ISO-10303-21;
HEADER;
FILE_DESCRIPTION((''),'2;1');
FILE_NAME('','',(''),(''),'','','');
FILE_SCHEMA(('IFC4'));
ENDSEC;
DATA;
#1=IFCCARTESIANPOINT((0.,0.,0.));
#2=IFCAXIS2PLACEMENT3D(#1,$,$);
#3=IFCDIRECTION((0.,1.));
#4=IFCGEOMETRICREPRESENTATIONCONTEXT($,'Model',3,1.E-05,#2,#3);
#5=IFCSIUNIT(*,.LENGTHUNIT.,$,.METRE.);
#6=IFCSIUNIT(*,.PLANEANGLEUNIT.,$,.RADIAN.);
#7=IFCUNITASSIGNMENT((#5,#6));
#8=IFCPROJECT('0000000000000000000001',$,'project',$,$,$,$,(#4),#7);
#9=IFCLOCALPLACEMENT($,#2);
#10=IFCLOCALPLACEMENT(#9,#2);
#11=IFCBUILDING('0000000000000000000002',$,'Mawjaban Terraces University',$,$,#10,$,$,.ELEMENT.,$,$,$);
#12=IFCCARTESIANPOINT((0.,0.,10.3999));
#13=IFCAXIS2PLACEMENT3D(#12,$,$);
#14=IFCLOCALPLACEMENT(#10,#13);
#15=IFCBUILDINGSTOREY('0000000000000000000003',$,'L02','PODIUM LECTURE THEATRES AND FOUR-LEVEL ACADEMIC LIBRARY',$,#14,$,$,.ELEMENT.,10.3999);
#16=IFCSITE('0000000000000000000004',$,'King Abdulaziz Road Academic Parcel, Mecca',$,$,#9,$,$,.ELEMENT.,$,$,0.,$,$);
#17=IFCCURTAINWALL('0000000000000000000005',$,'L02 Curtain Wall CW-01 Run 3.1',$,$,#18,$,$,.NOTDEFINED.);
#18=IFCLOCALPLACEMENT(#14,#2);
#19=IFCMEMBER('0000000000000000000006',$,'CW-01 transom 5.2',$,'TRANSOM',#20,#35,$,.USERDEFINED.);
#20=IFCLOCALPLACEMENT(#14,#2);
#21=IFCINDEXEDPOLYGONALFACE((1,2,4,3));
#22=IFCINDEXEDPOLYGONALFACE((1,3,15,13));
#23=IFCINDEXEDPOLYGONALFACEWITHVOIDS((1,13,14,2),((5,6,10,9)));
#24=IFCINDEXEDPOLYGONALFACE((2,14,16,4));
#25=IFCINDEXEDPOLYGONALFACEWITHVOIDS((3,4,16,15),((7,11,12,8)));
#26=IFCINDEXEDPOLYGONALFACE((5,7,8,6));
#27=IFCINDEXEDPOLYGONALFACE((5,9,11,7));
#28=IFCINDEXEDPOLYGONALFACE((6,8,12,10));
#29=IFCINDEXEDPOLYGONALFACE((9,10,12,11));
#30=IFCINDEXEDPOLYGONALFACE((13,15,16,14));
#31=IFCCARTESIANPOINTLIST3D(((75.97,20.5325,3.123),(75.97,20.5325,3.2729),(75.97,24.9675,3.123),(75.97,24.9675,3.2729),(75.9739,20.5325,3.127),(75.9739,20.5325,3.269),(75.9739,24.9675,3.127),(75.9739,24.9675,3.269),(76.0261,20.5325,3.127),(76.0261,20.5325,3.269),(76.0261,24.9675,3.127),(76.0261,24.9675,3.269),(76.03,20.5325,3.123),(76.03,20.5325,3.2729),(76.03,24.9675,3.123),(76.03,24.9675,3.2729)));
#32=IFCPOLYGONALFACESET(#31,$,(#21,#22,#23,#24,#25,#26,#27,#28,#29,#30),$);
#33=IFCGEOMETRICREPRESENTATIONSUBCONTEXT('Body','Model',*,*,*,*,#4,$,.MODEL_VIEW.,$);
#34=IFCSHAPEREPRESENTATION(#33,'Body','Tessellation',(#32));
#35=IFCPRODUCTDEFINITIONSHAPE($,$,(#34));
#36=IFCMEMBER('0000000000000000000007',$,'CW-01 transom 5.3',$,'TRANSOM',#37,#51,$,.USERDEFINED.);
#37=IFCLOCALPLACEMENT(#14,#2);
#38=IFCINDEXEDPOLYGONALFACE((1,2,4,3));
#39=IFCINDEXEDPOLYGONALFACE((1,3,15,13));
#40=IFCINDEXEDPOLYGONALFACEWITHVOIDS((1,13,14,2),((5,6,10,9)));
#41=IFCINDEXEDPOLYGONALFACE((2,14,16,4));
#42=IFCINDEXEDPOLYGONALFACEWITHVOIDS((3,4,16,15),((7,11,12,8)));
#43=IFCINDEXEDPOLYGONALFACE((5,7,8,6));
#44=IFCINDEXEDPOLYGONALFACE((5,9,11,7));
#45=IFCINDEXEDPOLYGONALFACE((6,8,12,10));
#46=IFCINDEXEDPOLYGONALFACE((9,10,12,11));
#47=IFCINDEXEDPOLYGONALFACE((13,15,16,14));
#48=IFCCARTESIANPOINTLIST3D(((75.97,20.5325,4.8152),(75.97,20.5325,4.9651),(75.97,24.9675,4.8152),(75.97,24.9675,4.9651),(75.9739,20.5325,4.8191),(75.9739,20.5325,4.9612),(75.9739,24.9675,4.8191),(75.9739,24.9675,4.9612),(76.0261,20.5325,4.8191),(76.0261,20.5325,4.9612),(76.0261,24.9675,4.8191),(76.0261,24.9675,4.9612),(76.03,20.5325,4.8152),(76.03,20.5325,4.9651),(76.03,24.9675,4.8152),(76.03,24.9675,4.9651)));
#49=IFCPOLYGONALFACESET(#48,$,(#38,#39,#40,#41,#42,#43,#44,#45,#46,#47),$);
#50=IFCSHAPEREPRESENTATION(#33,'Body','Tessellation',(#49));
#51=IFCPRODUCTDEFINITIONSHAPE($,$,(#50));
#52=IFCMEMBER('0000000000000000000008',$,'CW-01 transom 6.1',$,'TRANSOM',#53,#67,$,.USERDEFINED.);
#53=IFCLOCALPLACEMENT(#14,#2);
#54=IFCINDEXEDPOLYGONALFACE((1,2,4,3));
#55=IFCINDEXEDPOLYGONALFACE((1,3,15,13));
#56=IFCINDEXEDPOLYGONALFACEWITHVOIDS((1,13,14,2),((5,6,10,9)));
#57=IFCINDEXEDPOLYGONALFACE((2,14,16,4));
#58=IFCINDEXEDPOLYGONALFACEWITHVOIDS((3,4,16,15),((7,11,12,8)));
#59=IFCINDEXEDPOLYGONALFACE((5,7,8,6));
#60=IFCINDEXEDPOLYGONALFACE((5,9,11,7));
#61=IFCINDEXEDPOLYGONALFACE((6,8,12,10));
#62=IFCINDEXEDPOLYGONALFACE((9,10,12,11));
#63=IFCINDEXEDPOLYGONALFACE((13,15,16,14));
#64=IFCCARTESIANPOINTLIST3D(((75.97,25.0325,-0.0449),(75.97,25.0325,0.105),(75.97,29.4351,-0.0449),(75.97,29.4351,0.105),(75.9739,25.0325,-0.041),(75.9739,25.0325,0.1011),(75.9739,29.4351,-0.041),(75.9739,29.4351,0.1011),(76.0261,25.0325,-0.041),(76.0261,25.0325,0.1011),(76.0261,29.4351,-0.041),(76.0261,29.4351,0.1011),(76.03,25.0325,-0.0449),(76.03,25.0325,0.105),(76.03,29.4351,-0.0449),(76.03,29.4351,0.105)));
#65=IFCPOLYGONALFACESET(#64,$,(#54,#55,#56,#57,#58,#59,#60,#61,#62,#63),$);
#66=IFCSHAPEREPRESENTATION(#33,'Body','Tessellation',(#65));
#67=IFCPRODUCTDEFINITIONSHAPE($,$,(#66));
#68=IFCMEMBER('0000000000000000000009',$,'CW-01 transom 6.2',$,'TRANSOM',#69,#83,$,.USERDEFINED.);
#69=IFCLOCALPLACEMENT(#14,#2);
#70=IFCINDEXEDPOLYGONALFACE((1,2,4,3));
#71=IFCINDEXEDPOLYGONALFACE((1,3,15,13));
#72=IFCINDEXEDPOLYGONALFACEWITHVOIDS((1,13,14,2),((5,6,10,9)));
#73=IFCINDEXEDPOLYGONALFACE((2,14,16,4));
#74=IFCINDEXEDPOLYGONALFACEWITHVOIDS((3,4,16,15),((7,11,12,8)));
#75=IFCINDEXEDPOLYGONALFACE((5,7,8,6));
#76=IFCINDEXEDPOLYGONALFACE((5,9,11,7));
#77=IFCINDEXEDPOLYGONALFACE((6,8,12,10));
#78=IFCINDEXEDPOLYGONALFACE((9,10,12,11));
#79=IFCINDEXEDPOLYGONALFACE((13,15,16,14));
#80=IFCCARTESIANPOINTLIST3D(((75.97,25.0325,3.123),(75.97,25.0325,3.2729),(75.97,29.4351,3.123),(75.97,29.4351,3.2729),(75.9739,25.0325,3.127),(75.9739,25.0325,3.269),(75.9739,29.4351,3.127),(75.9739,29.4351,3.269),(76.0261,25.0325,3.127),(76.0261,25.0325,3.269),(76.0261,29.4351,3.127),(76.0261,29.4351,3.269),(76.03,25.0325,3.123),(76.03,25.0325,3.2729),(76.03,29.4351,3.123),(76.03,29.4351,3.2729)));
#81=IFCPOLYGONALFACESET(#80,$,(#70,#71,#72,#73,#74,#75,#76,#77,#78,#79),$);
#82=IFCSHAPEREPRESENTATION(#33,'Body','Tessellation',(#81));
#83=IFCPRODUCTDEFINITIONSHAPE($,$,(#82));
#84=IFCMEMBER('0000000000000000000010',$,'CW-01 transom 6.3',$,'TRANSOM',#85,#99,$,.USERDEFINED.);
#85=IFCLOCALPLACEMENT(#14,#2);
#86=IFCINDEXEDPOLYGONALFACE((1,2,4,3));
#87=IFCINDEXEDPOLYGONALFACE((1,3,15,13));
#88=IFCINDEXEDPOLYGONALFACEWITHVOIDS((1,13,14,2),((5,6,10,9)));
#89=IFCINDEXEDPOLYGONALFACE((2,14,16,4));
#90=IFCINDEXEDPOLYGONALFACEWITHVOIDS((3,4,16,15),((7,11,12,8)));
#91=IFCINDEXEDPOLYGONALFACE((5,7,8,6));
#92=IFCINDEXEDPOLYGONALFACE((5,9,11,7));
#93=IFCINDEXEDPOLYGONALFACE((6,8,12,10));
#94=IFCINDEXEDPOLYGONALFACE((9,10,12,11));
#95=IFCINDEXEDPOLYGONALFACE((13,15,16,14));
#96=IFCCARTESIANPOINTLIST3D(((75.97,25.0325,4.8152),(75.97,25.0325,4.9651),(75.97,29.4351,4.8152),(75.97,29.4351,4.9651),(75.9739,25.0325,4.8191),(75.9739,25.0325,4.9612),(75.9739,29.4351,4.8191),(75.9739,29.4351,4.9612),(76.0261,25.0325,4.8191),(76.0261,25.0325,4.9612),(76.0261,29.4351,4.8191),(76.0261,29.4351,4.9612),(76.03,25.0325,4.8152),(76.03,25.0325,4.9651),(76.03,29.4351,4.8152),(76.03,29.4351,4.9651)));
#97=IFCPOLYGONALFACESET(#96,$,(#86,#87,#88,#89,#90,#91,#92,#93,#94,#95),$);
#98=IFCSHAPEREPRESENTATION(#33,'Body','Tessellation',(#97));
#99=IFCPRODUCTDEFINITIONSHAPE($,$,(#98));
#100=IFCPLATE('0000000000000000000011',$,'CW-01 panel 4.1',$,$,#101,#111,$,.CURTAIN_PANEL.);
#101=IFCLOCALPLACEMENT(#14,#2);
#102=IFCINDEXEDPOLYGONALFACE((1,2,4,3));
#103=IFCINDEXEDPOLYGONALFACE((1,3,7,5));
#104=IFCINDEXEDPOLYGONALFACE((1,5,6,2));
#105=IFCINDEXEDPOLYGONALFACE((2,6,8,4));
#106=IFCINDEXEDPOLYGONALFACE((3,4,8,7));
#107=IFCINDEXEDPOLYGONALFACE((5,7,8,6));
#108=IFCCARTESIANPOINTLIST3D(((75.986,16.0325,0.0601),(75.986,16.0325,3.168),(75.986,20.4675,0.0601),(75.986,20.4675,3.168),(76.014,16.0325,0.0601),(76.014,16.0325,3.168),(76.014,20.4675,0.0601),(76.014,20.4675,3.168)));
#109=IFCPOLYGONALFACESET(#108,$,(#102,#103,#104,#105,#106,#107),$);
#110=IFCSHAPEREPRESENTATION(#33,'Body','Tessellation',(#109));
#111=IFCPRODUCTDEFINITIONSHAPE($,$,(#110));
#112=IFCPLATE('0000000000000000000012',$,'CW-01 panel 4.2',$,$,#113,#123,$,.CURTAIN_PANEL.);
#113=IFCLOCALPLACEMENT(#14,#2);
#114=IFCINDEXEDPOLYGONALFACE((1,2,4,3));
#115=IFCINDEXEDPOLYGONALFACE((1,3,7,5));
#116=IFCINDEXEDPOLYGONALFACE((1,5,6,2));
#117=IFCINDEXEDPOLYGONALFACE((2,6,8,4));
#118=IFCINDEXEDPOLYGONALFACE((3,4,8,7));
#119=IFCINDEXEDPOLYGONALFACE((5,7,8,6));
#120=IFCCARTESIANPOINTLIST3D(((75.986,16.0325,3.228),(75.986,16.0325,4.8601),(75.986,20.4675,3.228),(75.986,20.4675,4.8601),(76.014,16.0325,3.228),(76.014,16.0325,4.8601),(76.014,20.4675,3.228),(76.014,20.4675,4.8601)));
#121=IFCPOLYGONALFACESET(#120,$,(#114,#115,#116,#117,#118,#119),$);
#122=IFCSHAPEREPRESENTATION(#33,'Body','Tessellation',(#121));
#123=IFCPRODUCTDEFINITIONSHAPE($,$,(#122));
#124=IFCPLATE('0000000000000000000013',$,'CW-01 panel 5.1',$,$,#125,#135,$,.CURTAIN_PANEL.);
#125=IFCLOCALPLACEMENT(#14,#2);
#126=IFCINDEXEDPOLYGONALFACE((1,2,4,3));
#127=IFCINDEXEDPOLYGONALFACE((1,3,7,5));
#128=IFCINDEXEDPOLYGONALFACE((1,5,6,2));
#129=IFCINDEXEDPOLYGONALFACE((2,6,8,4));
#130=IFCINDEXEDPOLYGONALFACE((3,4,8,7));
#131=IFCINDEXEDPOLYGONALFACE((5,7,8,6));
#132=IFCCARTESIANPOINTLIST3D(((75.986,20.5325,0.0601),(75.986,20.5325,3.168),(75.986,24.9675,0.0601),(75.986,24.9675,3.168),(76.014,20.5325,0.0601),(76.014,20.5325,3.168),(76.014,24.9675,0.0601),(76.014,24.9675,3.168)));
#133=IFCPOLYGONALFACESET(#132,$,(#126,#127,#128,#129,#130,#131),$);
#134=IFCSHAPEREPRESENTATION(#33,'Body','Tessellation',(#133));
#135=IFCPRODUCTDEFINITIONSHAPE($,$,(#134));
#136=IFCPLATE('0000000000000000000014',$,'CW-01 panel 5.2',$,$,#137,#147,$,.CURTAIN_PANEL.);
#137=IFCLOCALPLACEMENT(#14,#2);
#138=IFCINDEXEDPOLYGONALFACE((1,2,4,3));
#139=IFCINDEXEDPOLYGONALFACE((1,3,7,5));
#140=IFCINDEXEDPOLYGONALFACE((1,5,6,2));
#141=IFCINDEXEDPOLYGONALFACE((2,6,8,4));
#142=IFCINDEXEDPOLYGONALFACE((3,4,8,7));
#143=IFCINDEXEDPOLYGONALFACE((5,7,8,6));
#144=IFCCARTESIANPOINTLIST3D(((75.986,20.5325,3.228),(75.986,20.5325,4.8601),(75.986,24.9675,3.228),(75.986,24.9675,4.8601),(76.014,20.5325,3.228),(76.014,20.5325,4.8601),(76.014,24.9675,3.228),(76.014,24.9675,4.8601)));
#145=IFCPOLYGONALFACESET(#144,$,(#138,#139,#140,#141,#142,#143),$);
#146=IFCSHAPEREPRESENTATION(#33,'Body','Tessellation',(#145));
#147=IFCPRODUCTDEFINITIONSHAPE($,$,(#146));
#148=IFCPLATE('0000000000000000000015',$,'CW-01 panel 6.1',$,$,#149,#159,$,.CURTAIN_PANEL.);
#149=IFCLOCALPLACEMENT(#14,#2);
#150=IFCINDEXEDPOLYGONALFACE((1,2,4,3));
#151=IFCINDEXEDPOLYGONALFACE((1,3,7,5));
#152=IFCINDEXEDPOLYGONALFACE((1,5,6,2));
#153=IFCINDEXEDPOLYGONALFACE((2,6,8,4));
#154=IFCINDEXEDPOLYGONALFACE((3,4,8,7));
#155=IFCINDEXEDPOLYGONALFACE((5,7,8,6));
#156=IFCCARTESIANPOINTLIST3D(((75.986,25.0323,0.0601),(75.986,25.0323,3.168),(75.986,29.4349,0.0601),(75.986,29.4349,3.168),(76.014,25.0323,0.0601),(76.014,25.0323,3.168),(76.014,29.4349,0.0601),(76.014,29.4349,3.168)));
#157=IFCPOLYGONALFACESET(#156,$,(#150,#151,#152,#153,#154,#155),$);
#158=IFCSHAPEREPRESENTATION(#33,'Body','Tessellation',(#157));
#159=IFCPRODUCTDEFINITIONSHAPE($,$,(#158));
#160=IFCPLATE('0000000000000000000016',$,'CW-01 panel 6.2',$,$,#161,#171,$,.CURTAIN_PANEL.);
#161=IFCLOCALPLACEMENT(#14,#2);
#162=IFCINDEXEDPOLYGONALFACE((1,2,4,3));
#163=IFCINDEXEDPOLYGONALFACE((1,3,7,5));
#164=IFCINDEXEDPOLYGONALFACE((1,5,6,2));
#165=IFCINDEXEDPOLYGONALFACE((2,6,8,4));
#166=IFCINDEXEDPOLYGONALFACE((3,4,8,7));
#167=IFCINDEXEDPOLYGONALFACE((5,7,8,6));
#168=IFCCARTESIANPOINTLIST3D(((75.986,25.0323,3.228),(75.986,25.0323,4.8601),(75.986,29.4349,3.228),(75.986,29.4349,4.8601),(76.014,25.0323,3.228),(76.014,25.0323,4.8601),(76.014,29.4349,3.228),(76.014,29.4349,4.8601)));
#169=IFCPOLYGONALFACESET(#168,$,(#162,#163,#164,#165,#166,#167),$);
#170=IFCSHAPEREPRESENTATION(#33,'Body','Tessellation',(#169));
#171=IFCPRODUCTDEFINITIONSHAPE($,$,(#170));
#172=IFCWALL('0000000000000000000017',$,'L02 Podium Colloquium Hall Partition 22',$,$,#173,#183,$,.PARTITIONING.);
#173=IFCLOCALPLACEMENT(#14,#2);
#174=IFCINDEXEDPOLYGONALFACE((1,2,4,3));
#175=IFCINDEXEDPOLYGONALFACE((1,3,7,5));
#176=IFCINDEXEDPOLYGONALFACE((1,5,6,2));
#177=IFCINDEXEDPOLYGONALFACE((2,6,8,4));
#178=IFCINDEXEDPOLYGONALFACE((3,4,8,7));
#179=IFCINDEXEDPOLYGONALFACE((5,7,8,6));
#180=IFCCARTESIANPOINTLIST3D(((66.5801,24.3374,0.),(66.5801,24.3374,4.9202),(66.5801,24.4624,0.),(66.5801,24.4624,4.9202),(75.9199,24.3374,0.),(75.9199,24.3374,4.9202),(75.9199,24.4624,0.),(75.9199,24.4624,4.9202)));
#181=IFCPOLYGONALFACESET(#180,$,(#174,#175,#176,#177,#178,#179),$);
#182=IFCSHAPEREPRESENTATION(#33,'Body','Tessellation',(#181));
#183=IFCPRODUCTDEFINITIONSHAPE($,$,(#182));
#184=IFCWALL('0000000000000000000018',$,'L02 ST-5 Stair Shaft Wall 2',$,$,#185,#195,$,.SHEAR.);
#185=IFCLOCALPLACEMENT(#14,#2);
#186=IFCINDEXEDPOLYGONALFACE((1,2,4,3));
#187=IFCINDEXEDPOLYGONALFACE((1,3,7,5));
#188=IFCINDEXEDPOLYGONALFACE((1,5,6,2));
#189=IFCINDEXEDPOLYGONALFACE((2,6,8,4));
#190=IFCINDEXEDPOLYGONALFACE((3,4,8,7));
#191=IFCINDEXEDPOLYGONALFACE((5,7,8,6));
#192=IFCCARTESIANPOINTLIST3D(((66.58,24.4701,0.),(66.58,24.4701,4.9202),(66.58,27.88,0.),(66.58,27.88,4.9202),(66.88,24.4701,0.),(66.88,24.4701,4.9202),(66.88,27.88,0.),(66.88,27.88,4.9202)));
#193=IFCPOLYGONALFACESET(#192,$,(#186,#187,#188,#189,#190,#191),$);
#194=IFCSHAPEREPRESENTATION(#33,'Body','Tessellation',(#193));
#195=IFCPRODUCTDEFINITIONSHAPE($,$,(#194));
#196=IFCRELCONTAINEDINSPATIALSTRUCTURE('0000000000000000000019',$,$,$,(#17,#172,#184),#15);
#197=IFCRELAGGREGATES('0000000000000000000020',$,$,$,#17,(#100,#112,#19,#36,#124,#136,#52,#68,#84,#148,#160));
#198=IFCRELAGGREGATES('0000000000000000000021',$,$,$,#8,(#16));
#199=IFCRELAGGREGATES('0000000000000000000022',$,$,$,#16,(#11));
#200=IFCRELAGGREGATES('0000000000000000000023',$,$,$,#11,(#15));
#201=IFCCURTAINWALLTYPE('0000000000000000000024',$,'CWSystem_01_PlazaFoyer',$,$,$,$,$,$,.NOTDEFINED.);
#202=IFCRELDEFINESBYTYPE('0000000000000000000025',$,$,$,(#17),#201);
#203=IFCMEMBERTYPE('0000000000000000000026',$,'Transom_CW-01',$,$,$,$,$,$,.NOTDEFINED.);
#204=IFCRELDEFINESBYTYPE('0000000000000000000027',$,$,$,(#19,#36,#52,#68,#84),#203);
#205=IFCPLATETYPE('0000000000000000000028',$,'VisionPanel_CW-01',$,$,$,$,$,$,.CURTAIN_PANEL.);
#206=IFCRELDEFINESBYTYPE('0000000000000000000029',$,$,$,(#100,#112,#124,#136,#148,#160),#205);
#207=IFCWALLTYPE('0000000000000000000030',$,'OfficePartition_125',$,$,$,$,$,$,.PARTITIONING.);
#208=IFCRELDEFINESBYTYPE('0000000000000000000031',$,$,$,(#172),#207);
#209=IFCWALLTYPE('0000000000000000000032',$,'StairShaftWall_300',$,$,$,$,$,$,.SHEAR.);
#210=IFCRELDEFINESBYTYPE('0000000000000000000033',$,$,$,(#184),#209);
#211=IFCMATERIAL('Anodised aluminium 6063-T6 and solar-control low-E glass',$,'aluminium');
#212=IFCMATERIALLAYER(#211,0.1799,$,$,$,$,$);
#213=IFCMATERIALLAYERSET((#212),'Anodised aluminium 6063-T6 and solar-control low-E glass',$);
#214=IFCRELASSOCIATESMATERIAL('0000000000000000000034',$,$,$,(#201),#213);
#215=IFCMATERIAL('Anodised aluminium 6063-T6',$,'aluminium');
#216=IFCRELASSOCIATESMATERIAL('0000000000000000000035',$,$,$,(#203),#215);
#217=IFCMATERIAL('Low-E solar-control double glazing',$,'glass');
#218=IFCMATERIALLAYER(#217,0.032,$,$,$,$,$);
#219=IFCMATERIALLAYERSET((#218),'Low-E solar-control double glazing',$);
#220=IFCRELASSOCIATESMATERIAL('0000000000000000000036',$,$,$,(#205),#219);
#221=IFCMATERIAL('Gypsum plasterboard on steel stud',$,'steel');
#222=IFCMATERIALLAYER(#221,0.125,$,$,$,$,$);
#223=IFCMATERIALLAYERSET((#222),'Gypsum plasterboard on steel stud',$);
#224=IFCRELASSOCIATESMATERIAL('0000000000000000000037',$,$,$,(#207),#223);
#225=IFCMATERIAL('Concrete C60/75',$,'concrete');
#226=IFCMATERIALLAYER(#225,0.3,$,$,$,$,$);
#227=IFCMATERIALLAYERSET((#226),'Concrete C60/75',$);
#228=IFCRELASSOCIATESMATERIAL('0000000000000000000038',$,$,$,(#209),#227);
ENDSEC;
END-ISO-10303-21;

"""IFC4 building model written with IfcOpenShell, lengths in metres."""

from ifc_helpers import new_model, si_unit, direction, frame, frame_2d, origin, origin_2d, place, context, subcontext, project, spatial, rectangle, hollow_rectangle, extrude, material, layer, layer_set, material_profile, profile_set, type_object, element, aggregate, save


model = new_model("IFC4")

# Units and contexts
model_context = context("Model", 3, precision=1e-05, world=origin(), true_north=direction((0.0, 1.0)))
body_context = subcontext(model_context, "Body", "Model", "MODEL_VIEW")
ifc_project = project(units=[si_unit("LENGTHUNIT", "METRE"), si_unit("PLANEANGLEUNIT", "RADIAN")], contexts=[model_context])

# Site, building, storey
site_placement = place(None, origin())
site = spatial("IfcSite", under=ifc_project, at=site_placement, Name="King Abdulaziz Road Academic Parcel, Mecca", CompositionType="ELEMENT", RefElevation=0.0)
building_placement = place(site_placement, origin())
building = spatial("IfcBuilding", under=site, at=building_placement, Name="Mawjaban Terraces University", CompositionType="ELEMENT")
storey_placement = place(building_placement, frame((0.0, 0.0, 10.3999)))
storey = spatial("IfcBuildingStorey", under=building, at=storey_placement, Name="L02", Description="PODIUM LECTURE THEATRES AND FOUR-LEVEL ACADEMIC LIBRARY", CompositionType="ELEMENT", Elevation=10.3999)

# Curtain wall, members, plates
ifc_material_1 = material(Name="Anodised aluminium 6063-T6 and solar-control low-E glass", Category="aluminium")
ifc_layer_1 = layer(ifc_material_1, 0.1799)
ifc_layer_set_1 = layer_set([ifc_layer_1], Name="Anodised aluminium 6063-T6 and solar-control low-E glass")
curtain_wall_type = type_object("IfcCurtainWallType", Name="CWSystem_01_PlazaFoyer", PredefinedType="NOTDEFINED", material=ifc_layer_set_1)
curtain_wall_placement = place(storey_placement, origin())
curtain_wall = element("IfcCurtainWall", 1, at=curtain_wall_placement, inside=storey, type_object=curtain_wall_type, Name="L02 Curtain Wall CW-01 Run 3.1", PredefinedType="NOTDEFINED")
ifc_material_2 = material(Name="Anodised aluminium 6063-T6", Category="aluminium")
ifc_material_profile_1 = material_profile(ifc_material_2, hollow_rectangle(XDim=0.0601, YDim=0.1499, WallThickness=0.0039, at=origin_2d()), Name="ALU150X60X4")
ifc_profile_set_1 = profile_set([ifc_material_profile_1], Name="Anodised aluminium 6063-T6")
member_type_1 = type_object("IfcMemberType", Name="Transom_CW-01", PredefinedType="NOTDEFINED", material=ifc_profile_set_1)
member_1_placement = place(storey_placement, frame((76.0, 20.5325, 3.198), z_axis=(0.0, 1.0, 0.0), x_axis=(-1.0, 0.0, 0.0)))
member_1 = element("IfcMember", 2, at=member_1_placement, type_object=member_type_1, Name="CW-01 transom 5.2", ObjectType="TRANSOM", PredefinedType="USERDEFINED", context=body_context, shape_type="SweptSolid", body=[
    extrude(hollow_rectangle(XDim=0.0601, YDim=0.1499, WallThickness=0.0039, at=origin_2d()), origin(), (0.0, 0.0, 1.0), 4.4351),
])
member_2_placement = place(storey_placement, frame((76.0, 20.5325, 4.8901), z_axis=(0.0, 1.0, 0.0), x_axis=(-1.0, 0.0, 0.0)))
member_2 = element("IfcMember", 3, at=member_2_placement, type_object=member_type_1, Name="CW-01 transom 5.3", ObjectType="TRANSOM", PredefinedType="USERDEFINED", context=body_context, shape_type="SweptSolid", body=[
    extrude(hollow_rectangle(XDim=0.0601, YDim=0.1499, WallThickness=0.0039, at=origin_2d()), origin(), (0.0, 0.0, 1.0), 4.4351),
])
member_3_placement = place(storey_placement, frame((76.0, 25.0325, 0.03), z_axis=(0.0, 1.0, 0.0), x_axis=(-1.0, 0.0, 0.0)))
member_3 = element("IfcMember", 4, at=member_3_placement, type_object=member_type_1, Name="CW-01 transom 6.1", ObjectType="TRANSOM", PredefinedType="USERDEFINED", context=body_context, shape_type="SweptSolid", body=[
    extrude(hollow_rectangle(XDim=0.0601, YDim=0.1499, WallThickness=0.0039, at=origin_2d()), origin(), (0.0, 0.0, 1.0), 4.4026),
])
member_4_placement = place(storey_placement, frame((76.0, 25.0325, 3.198), z_axis=(0.0, 1.0, 0.0), x_axis=(-1.0, 0.0, 0.0)))
member_4 = element("IfcMember", 5, at=member_4_placement, type_object=member_type_1, Name="CW-01 transom 6.2", ObjectType="TRANSOM", PredefinedType="USERDEFINED", context=body_context, shape_type="SweptSolid", body=[
    extrude(hollow_rectangle(XDim=0.0601, YDim=0.1499, WallThickness=0.0039, at=origin_2d()), origin(), (0.0, 0.0, 1.0), 4.4026),
])
member_5_placement = place(storey_placement, frame((76.0, 25.0325, 4.8901), z_axis=(0.0, 1.0, 0.0), x_axis=(-1.0, 0.0, 0.0)))
member_5 = element("IfcMember", 6, at=member_5_placement, type_object=member_type_1, Name="CW-01 transom 6.3", ObjectType="TRANSOM", PredefinedType="USERDEFINED", context=body_context, shape_type="SweptSolid", body=[
    extrude(hollow_rectangle(XDim=0.0601, YDim=0.1499, WallThickness=0.0039, at=origin_2d()), origin(), (0.0, 0.0, 1.0), 4.4026),
])
ifc_material_3 = material(Name="Low-E solar-control double glazing", Category="glass")
ifc_layer_2 = layer(ifc_material_3, 0.032)
ifc_layer_set_2 = layer_set([ifc_layer_2], Name="Low-E solar-control double glazing")
plate_type = type_object("IfcPlateType", Name="VisionPanel_CW-01", PredefinedType="CURTAIN_PANEL", material=ifc_layer_set_2)
plate_1_placement = place(storey_placement, frame((76.0, 18.25, 0.0601), z_axis=(0.0, 0.0, 1.0), x_axis=(0.0, 1.0, 0.0)))
plate_1 = element("IfcPlate", 7, at=plate_1_placement, type_object=plate_type, Name="CW-01 panel 4.1", PredefinedType="CURTAIN_PANEL", context=body_context, shape_type="SweptSolid", body=[
    extrude(rectangle(XDim=4.4351, YDim=0.0281, at=origin_2d()), origin(), (0.0, 0.0, 1.0), 3.1079),
])
plate_2_placement = place(storey_placement, frame((76.0, 18.25, 3.228), z_axis=(0.0, 0.0, 1.0), x_axis=(0.0, 1.0, 0.0)))
plate_2 = element("IfcPlate", 8, at=plate_2_placement, type_object=plate_type, Name="CW-01 panel 4.2", PredefinedType="CURTAIN_PANEL", context=body_context, shape_type="SweptSolid", body=[
    extrude(rectangle(XDim=4.4351, YDim=0.0281, at=origin_2d()), origin(), (0.0, 0.0, 1.0), 1.6321),
])
plate_3_placement = place(storey_placement, frame((76.0, 22.75, 0.0601), z_axis=(0.0, 0.0, 1.0), x_axis=(0.0, 1.0, 0.0)))
plate_3 = element("IfcPlate", 9, at=plate_3_placement, type_object=plate_type, Name="CW-01 panel 5.1", PredefinedType="CURTAIN_PANEL", context=body_context, shape_type="SweptSolid", body=[
    extrude(rectangle(XDim=4.4351, YDim=0.0281, at=origin_2d()), origin(), (0.0, 0.0, 1.0), 3.1079),
])
plate_4_placement = place(storey_placement, frame((76.0, 22.75, 3.228), z_axis=(0.0, 0.0, 1.0), x_axis=(0.0, 1.0, 0.0)))
plate_4 = element("IfcPlate", 10, at=plate_4_placement, type_object=plate_type, Name="CW-01 panel 5.2", PredefinedType="CURTAIN_PANEL", context=body_context, shape_type="SweptSolid", body=[
    extrude(rectangle(XDim=4.4351, YDim=0.0281, at=origin_2d()), origin(), (0.0, 0.0, 1.0), 1.6321),
])
plate_5_placement = place(storey_placement, frame((76.0, 27.2336, 0.0601), z_axis=(0.0, 0.0, 1.0), x_axis=(0.0, 1.0, 0.0)))
plate_5 = element("IfcPlate", 11, at=plate_5_placement, type_object=plate_type, Name="CW-01 panel 6.1", PredefinedType="CURTAIN_PANEL", context=body_context, shape_type="SweptSolid", body=[
    extrude(rectangle(XDim=4.4026, YDim=0.0281, at=origin_2d()), origin(), (0.0, 0.0, 1.0), 3.1079),
])
plate_6_placement = place(storey_placement, frame((76.0, 27.2336, 3.228), z_axis=(0.0, 0.0, 1.0), x_axis=(0.0, 1.0, 0.0)))
plate_6 = element("IfcPlate", 12, at=plate_6_placement, type_object=plate_type, Name="CW-01 panel 6.2", PredefinedType="CURTAIN_PANEL", context=body_context, shape_type="SweptSolid", body=[
    extrude(rectangle(XDim=4.4026, YDim=0.0281, at=origin_2d()), origin(), (0.0, 0.0, 1.0), 1.6321),
])
aggregate(curtain_wall, [plate_1, plate_2, member_1, member_2, plate_3, plate_4, member_3, member_4, member_5, plate_5, plate_6])

# Walls
ifc_material_4 = material(Name="Gypsum plasterboard on steel stud", Category="steel")
ifc_layer_3 = layer(ifc_material_4, 0.125)
ifc_layer_set_3 = layer_set([ifc_layer_3], Name="Gypsum plasterboard on steel stud")
wall_type_1 = type_object("IfcWallType", Name="OfficePartition_125", PredefinedType="PARTITIONING", material=ifc_layer_set_3)
wall_1_placement = place(storey_placement, frame((75.9199, 24.3999, 0.0), z_axis=(0.0, 0.0, 1.0), x_axis=(-1.0, 0.0, 0.0)))
element("IfcWall", 13, at=wall_1_placement, inside=storey, type_object=wall_type_1, Name="L02 Podium Colloquium Hall Partition 22", PredefinedType="PARTITIONING", context=body_context, shape_type="SweptSolid", body=[
    extrude(rectangle(XDim=9.3398, YDim=0.125, at=frame_2d((4.6699, 0.0))), origin(), (0.0, 0.0, 1.0), 4.9202),
])
ifc_material_5 = material(Name="Concrete C60/75", Category="concrete")
ifc_layer_4 = layer(ifc_material_5, 0.3)
ifc_layer_set_4 = layer_set([ifc_layer_4], Name="Concrete C60/75")
wall_type_2 = type_object("IfcWallType", Name="StairShaftWall_300", PredefinedType="SHEAR", material=ifc_layer_set_4)
wall_2_placement = place(storey_placement, frame((66.73, 24.47, 0.0), z_axis=(0.0, 0.0, 1.0), x_axis=(0.0, 1.0, 0.0)))
element("IfcWall", 14, at=wall_2_placement, inside=storey, type_object=wall_type_2, Name="L02 ST-5 Stair Shaft Wall 2", PredefinedType="SHEAR", context=body_context, shape_type="SweptSolid", body=[
    extrude(rectangle(XDim=3.4099, YDim=0.3, at=frame_2d((1.7051, 0.0))), origin(), (0.0, 0.0, 1.0), 4.9202),
])

save(model, "model.ifc")
